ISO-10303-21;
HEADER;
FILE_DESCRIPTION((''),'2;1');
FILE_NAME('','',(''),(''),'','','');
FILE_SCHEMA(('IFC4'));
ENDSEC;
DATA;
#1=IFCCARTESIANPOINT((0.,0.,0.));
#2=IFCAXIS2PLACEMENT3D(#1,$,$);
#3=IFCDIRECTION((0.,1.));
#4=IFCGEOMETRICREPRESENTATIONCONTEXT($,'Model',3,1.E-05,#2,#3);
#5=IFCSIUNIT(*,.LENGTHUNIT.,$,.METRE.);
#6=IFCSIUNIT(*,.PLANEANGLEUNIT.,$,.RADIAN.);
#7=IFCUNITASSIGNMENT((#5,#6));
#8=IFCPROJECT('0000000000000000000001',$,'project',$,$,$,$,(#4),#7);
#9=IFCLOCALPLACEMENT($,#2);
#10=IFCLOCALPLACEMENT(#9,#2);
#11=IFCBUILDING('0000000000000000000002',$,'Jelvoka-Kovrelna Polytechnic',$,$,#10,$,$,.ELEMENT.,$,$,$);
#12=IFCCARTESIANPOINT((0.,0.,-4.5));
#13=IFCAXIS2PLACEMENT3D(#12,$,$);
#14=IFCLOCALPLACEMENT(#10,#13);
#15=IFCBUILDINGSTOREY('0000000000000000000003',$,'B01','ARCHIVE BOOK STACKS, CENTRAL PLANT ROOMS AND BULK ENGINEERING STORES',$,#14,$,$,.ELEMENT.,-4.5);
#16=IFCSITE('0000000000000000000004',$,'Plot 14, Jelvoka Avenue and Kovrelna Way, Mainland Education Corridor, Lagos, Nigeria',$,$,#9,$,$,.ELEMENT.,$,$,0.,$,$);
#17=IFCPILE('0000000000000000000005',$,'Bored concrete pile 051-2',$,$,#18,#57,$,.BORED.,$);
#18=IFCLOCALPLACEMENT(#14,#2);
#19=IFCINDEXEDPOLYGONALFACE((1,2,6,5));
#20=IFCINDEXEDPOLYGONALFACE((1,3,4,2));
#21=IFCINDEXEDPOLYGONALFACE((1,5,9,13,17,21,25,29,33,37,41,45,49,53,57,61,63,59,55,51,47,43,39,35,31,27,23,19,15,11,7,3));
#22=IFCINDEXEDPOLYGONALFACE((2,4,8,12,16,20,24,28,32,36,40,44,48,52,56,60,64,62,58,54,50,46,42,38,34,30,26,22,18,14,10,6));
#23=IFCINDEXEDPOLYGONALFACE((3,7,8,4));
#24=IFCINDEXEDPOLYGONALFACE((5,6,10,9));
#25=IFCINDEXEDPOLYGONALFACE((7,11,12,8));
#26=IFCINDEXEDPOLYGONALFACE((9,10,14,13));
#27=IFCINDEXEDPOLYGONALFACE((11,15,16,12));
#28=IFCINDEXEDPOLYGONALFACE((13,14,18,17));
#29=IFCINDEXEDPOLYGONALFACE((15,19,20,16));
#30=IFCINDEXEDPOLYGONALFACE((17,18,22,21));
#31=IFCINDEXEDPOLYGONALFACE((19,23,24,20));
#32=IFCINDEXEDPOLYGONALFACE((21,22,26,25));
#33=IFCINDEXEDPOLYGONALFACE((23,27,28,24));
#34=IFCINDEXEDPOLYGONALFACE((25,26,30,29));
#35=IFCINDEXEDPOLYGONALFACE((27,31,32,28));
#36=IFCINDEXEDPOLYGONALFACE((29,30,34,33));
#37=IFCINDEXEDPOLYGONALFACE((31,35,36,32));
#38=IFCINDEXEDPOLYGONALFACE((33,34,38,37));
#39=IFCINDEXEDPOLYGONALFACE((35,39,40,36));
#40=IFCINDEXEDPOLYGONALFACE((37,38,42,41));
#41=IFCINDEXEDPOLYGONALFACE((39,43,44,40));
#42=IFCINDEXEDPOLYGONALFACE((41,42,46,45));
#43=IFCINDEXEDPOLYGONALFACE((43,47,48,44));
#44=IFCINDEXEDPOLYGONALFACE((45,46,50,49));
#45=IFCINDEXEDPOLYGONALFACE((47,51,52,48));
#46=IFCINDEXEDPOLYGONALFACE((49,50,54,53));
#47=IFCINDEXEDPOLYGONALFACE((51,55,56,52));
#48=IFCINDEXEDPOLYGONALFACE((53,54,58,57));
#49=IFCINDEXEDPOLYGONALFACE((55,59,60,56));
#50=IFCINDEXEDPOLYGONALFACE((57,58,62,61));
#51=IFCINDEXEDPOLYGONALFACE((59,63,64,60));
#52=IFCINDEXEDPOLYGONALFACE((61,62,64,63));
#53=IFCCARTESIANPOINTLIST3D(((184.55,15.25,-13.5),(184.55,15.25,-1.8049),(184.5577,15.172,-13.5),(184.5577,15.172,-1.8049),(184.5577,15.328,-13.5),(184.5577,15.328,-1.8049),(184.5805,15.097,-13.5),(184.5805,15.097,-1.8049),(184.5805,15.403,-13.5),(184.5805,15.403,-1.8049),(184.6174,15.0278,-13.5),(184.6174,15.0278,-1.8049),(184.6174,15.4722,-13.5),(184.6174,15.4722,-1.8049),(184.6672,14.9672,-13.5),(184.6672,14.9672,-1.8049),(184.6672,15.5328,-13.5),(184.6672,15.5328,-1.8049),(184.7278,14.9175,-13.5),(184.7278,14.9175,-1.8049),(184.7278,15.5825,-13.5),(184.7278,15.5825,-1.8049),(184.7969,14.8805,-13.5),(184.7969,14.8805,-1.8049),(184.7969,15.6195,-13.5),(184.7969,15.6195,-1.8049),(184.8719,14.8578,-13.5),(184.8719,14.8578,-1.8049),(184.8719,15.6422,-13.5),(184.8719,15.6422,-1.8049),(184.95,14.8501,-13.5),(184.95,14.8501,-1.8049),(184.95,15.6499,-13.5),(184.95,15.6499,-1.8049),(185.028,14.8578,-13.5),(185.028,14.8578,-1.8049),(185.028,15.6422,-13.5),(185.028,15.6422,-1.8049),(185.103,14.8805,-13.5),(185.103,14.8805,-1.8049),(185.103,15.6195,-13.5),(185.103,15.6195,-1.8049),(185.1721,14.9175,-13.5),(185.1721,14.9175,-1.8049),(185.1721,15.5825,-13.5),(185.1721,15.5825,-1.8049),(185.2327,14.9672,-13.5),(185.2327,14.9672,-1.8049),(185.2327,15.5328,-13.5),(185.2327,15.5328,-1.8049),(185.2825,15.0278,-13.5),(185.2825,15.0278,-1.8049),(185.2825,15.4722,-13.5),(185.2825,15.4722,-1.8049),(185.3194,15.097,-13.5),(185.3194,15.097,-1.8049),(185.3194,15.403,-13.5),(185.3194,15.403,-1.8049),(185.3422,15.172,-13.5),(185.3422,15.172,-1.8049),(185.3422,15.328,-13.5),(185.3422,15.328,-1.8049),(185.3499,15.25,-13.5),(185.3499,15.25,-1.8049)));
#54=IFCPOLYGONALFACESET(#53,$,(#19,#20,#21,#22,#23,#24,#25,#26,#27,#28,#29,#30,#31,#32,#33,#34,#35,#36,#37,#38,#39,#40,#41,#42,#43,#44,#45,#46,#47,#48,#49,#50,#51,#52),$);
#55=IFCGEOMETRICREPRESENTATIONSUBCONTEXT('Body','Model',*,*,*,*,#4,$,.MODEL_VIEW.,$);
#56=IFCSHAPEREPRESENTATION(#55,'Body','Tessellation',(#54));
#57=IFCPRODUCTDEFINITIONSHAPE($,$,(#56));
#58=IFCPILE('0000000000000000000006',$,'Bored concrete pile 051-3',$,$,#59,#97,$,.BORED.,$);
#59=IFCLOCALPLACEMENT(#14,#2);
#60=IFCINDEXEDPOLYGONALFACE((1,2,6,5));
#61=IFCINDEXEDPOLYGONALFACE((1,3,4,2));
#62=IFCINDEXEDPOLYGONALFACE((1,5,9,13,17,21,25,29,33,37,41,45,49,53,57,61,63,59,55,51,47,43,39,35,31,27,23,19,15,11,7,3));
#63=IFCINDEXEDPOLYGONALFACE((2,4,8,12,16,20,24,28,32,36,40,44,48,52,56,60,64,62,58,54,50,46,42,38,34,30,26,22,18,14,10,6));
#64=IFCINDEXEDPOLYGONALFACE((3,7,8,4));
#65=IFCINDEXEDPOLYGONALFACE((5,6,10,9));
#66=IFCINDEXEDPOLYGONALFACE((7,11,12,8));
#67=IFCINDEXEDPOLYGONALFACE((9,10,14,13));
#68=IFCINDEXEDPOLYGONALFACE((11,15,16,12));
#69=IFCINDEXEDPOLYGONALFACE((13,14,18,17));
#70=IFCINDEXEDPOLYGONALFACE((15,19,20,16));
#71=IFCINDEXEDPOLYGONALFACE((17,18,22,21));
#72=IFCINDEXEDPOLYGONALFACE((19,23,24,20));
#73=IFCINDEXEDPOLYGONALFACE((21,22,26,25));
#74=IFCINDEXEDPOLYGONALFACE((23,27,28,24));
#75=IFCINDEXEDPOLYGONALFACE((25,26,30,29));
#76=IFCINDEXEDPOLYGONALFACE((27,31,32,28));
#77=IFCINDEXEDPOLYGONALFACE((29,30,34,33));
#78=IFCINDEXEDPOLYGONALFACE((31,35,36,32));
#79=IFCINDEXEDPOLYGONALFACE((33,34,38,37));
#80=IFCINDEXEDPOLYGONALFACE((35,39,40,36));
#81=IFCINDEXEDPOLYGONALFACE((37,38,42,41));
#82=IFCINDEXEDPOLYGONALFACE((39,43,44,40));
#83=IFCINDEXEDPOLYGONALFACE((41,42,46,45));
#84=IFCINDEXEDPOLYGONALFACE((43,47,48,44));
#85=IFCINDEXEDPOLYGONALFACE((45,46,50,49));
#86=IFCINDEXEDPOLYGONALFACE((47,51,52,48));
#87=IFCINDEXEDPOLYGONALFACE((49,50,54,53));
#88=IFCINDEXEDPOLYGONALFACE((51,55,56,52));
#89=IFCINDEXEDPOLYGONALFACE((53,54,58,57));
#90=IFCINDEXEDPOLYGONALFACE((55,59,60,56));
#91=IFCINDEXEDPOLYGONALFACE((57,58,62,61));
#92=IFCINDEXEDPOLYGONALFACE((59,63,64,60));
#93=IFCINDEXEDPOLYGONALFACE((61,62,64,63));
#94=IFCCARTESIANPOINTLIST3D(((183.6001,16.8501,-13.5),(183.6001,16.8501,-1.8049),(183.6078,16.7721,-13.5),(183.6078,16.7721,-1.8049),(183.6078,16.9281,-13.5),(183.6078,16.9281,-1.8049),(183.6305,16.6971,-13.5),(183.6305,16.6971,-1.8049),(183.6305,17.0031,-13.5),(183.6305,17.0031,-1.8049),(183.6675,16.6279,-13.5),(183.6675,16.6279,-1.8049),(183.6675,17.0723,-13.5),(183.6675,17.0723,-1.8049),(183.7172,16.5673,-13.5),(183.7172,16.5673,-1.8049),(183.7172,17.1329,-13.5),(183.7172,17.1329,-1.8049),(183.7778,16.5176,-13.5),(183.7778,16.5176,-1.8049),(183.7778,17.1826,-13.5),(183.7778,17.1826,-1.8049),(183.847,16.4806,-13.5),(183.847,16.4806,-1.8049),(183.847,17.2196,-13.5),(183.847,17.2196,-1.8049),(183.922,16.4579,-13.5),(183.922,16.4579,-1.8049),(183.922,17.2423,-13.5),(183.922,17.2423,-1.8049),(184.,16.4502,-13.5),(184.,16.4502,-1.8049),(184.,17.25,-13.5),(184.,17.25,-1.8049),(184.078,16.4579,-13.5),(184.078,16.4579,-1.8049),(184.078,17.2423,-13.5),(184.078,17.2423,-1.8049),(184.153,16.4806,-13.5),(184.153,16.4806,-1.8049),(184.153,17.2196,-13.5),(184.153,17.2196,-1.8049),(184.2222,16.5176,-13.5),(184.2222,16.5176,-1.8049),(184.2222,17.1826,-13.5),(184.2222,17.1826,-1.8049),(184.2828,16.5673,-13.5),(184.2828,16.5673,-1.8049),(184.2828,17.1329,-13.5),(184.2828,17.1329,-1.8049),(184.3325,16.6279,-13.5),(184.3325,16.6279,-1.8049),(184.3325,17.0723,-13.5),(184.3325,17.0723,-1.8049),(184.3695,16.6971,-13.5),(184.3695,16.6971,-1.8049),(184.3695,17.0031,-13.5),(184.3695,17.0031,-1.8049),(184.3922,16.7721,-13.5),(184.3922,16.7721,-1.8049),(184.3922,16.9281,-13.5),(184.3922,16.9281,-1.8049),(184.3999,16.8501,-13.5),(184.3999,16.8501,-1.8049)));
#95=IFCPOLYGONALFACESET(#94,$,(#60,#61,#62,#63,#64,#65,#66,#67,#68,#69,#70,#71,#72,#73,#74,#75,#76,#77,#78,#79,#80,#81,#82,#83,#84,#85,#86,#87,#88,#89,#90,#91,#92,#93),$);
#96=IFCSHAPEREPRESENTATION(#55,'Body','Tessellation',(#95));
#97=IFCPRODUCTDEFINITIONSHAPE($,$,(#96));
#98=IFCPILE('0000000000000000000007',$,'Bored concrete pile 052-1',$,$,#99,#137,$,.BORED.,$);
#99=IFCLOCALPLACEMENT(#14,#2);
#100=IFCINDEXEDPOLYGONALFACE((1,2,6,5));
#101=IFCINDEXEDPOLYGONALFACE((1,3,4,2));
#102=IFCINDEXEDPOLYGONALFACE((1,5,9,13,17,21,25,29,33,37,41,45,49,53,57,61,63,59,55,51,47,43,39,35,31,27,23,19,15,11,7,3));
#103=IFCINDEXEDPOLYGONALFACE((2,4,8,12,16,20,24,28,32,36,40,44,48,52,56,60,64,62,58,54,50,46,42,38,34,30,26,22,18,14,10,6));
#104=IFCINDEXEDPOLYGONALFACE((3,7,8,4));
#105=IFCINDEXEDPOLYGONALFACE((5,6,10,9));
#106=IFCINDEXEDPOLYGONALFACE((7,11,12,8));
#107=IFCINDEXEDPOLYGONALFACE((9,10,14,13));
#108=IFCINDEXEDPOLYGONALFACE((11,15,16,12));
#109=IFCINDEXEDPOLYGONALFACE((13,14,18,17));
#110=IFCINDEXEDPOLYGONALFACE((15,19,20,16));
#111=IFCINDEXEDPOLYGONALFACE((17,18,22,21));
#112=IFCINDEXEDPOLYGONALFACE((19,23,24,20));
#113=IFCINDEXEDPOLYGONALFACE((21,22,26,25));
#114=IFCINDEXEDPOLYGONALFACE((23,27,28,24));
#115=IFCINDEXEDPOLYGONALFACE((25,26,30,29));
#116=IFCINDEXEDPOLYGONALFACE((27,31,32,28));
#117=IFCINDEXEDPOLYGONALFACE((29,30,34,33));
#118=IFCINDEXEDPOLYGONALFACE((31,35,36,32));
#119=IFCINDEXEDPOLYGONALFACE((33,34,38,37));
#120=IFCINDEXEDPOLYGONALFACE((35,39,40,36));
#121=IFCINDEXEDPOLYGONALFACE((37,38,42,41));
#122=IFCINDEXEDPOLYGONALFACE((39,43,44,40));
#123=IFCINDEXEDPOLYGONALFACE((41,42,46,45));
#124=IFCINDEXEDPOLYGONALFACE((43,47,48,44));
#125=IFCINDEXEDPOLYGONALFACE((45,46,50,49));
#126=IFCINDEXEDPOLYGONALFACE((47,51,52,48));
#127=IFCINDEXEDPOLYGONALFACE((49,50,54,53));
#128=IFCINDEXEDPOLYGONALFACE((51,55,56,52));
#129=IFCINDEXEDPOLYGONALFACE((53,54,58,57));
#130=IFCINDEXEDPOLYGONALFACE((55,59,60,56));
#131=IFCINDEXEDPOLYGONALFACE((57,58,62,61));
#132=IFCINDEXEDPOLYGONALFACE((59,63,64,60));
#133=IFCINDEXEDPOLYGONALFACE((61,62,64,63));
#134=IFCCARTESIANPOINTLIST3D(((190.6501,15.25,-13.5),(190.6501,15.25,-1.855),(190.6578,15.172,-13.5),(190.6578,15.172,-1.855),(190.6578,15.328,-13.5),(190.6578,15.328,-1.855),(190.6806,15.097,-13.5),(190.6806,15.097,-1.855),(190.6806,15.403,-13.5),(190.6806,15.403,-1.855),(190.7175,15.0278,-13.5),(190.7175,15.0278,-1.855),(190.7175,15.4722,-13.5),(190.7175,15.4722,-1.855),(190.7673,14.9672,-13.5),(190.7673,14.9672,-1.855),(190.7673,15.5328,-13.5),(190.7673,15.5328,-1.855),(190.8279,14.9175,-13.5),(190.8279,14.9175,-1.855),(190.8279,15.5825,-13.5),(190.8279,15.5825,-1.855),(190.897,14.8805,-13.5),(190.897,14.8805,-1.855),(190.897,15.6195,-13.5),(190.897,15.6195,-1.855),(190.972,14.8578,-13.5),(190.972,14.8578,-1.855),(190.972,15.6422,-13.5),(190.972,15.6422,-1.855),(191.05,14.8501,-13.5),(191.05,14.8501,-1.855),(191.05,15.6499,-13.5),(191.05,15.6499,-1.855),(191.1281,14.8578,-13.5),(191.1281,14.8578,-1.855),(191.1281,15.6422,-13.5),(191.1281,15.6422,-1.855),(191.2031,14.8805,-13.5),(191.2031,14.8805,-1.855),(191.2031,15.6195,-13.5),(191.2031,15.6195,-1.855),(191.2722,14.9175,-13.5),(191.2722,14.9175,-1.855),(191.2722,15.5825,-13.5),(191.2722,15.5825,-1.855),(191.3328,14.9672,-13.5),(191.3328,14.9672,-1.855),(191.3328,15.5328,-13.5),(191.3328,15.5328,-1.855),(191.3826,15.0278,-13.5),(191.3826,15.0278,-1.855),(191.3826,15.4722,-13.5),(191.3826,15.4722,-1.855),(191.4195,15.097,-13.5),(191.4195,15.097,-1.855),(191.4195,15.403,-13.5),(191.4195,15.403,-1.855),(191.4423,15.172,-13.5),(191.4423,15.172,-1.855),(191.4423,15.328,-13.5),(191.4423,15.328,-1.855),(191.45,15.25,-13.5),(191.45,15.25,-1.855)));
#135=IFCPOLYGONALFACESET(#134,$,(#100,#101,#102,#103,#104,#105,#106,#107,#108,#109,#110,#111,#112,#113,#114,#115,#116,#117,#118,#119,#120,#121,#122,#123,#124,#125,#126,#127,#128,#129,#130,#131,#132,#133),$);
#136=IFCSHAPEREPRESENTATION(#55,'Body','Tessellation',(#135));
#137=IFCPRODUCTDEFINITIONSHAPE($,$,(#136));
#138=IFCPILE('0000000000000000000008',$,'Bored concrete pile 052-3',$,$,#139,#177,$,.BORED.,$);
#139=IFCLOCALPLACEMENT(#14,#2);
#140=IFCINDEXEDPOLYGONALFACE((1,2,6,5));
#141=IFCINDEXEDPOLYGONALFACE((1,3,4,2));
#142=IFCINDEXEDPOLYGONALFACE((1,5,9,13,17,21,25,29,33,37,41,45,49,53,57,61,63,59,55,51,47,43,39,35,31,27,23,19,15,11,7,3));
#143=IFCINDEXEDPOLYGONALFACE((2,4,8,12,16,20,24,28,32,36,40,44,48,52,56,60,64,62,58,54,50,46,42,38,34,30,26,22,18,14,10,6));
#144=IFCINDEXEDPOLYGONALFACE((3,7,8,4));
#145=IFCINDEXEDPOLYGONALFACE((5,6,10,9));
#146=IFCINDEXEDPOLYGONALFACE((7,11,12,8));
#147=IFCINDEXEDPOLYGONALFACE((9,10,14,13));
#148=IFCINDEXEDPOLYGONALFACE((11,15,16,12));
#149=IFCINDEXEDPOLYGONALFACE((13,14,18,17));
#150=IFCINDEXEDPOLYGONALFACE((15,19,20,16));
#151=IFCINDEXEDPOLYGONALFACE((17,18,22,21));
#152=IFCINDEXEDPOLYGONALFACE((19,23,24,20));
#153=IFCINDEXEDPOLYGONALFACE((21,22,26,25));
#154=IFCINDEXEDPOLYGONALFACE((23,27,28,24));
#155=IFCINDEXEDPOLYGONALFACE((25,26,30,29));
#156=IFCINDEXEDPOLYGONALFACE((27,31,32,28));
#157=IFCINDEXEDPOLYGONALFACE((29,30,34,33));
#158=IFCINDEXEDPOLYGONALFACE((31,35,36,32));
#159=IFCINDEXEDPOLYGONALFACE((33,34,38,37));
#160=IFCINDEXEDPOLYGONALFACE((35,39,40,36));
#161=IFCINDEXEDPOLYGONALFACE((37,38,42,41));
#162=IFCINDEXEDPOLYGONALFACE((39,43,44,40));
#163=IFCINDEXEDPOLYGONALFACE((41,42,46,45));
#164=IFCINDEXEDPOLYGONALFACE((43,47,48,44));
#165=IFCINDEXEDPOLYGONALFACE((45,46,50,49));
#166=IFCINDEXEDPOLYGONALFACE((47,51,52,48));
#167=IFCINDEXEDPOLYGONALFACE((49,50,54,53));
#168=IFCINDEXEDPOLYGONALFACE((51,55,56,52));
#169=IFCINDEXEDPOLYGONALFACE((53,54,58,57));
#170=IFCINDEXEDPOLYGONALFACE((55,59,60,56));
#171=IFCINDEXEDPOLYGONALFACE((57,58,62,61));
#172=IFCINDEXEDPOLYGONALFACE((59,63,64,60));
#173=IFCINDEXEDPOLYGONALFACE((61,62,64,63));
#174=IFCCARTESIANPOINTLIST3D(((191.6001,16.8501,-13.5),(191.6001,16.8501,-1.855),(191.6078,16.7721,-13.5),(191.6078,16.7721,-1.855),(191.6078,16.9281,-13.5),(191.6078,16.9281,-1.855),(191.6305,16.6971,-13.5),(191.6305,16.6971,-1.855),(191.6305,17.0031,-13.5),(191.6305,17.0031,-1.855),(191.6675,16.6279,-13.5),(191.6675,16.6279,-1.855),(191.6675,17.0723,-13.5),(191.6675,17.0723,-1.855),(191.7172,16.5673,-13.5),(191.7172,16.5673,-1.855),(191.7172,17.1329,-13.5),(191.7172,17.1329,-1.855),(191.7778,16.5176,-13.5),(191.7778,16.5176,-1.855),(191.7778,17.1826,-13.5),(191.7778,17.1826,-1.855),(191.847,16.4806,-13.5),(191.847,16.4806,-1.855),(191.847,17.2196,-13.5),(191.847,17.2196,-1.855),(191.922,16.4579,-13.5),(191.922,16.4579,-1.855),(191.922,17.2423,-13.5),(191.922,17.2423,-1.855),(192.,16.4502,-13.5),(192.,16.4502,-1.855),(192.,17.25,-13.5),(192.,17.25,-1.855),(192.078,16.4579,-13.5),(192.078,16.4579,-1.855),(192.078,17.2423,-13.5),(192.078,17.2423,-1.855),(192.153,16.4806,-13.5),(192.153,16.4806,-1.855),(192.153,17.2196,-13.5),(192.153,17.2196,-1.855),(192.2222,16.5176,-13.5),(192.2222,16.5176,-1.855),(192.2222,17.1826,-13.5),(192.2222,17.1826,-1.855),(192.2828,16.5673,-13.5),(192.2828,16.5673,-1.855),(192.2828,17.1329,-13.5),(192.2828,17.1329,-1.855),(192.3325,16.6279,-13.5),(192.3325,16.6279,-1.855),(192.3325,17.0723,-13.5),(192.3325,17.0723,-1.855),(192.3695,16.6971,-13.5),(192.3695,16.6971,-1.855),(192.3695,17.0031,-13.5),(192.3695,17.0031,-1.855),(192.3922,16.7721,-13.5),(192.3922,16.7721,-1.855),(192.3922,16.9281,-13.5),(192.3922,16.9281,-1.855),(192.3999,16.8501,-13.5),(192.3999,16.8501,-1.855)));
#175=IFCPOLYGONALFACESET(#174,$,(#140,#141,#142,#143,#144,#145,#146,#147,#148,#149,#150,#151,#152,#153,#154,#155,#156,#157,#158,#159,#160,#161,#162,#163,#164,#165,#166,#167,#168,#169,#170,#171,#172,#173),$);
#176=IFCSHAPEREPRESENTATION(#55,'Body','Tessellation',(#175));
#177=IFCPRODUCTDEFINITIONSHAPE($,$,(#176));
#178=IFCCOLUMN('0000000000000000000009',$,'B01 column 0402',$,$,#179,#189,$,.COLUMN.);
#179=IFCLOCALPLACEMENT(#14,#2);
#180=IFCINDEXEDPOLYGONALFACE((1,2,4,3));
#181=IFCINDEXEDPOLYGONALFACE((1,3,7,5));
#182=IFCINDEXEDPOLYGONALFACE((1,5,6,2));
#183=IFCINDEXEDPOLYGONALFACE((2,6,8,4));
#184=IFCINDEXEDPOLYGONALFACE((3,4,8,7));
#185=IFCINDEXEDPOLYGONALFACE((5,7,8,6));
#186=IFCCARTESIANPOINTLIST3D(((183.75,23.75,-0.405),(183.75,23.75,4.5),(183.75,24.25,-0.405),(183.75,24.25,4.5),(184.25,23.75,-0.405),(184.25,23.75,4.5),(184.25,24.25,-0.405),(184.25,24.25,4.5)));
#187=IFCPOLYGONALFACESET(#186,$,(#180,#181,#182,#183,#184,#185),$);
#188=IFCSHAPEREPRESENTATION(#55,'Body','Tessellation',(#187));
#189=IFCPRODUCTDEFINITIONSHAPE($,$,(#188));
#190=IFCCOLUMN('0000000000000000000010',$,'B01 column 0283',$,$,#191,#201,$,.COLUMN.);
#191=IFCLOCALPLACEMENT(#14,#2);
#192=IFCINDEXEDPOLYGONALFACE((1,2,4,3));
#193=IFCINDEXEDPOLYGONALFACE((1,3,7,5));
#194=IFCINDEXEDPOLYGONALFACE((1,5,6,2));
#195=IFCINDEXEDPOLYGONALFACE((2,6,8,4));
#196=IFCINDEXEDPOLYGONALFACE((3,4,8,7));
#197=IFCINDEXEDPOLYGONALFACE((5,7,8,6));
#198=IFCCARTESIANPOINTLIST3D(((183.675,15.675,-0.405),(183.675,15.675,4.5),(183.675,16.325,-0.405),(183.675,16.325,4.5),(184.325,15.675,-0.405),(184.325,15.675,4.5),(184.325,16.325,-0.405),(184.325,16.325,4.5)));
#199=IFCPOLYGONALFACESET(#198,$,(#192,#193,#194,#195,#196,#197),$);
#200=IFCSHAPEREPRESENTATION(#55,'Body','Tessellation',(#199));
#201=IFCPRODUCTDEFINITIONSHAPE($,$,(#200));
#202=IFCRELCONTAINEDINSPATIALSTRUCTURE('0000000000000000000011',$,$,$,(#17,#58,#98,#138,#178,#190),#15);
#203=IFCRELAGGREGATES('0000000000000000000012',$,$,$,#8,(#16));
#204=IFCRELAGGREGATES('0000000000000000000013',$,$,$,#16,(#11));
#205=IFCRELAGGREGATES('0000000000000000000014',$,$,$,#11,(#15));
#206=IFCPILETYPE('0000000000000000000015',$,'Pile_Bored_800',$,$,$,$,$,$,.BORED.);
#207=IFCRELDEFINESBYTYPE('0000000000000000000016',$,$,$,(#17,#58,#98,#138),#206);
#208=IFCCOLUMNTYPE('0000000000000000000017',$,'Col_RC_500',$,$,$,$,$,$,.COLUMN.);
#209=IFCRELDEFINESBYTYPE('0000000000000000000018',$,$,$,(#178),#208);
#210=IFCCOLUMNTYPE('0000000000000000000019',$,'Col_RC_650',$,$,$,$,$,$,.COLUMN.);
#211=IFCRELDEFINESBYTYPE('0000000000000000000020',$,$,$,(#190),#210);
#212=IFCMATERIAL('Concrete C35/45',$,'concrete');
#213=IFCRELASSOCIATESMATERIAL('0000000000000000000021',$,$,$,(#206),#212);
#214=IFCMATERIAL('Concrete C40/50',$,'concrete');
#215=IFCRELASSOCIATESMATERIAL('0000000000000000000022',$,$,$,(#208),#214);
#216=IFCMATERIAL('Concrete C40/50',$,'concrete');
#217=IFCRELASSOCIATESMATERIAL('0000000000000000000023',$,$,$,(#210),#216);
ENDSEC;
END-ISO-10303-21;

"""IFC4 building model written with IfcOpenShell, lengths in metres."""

from ifc_helpers import new_model, si_unit, direction, frame, origin, origin_2d, place, context, subcontext, project, spatial, rectangle, circle, extrude, material, material_profile, profile_set, type_object, element, save


model = new_model("IFC4")

# Units and contexts
model_context = context("Model", 3, precision=1e-05, world=origin(), true_north=direction((0.0, 1.0)))
body_context = subcontext(model_context, "Body", "Model", "MODEL_VIEW")
ifc_project = project(units=[si_unit("LENGTHUNIT", "METRE"), si_unit("PLANEANGLEUNIT", "RADIAN")], contexts=[model_context])

# Site, building, storey
site_placement = place(None, origin())
site = spatial("IfcSite", under=ifc_project, at=site_placement, Name="Plot 14, Jelvoka Avenue and Kovrelna Way, Mainland Education Corridor, Lagos, Nigeria", CompositionType="ELEMENT", RefElevation=0.0)
building_placement = place(site_placement, origin())
building = spatial("IfcBuilding", under=site, at=building_placement, Name="Jelvoka-Kovrelna Polytechnic", CompositionType="ELEMENT")
storey_placement = place(building_placement, frame((0.0, 0.0, -4.5)))
storey = spatial("IfcBuildingStorey", under=building, at=storey_placement, Name="B01", Description="ARCHIVE BOOK STACKS, CENTRAL PLANT ROOMS AND BULK ENGINEERING STORES", CompositionType="ELEMENT", Elevation=-4.5)

# Piles
ifc_material_1 = material(Name="Concrete C35/45", Category="concrete")
ifc_material_profile_1 = material_profile(ifc_material_1, circle(Radius=0.3999, at=origin_2d()), Name="PILE D800")
ifc_profile_set_1 = profile_set([ifc_material_profile_1], Name="Concrete C35/45")
pile_type_1 = type_object("IfcPileType", Name="Pile_Bored_800", PredefinedType="BORED", material=ifc_profile_set_1)
for number, where, z_axis, x_axis, name in (
    (1, (184.95, 15.25, -1.8049), (0.0, 0.0, -1.0), (1.0, 0.0, 0.0), "Bored concrete pile 051-2"),
    (2, (184.0, 16.8501, -1.8049), (0.0, 0.0, -1.0), (1.0, 0.0, 0.0), "Bored concrete pile 051-3"),
):
    element("IfcPile", number, at=place(storey_placement, frame(where, z_axis=z_axis, x_axis=x_axis)), inside=storey, type_object=pile_type_1, Name=name, PredefinedType="BORED", context=body_context, shape_type="SweptSolid", body=[
        extrude(circle(Radius=0.3999, at=origin_2d()), origin(), (0.0, 0.0, 1.0), 11.6951),
    ])
for number, where, z_axis, x_axis, name in (
    (3, (191.05, 15.25, -1.855), (0.0, 0.0, -1.0), (1.0, 0.0, 0.0), "Bored concrete pile 052-1"),
    (4, (192.0, 16.8501, -1.855), (0.0, 0.0, -1.0), (1.0, 0.0, 0.0), "Bored concrete pile 052-3"),
):
    element("IfcPile", number, at=place(storey_placement, frame(where, z_axis=z_axis, x_axis=x_axis)), inside=storey, type_object=pile_type_1, Name=name, PredefinedType="BORED", context=body_context, shape_type="SweptSolid", body=[
        extrude(circle(Radius=0.3999, at=origin_2d()), origin(), (0.0, 0.0, 1.0), 11.645),
    ])

# Columns
ifc_material_2 = material(Name="Concrete C40/50", Category="concrete")
ifc_material_profile_2 = material_profile(ifc_material_2, rectangle(XDim=0.5, YDim=0.5, at=origin_2d()), Name="RC 500x500")
ifc_profile_set_2 = profile_set([ifc_material_profile_2], Name="Concrete C40/50")
column_type_1 = type_object("IfcColumnType", Name="Col_RC_500", PredefinedType="COLUMN", material=ifc_profile_set_2)
column_placement = place(storey_placement, frame((184.0, 24.0, -0.405), z_axis=(0.0, 0.0, 1.0), x_axis=(1.0, 0.0, 0.0)))
element("IfcColumn", 5, at=column_placement, inside=storey, type_object=column_type_1, Name="B01 column 0402", PredefinedType="COLUMN", context=body_context, shape_type="SweptSolid", body=[
    extrude(rectangle(XDim=0.5, YDim=0.5, at=origin_2d()), origin(), (0.0, 0.0, 1.0), 4.905),
])
ifc_material_3 = material(Name="Concrete C40/50", Category="concrete")
ifc_material_profile_3 = material_profile(ifc_material_3, rectangle(XDim=0.6499, YDim=0.6499, at=origin_2d()), Name="RC 650x650")
ifc_profile_set_3 = profile_set([ifc_material_profile_3], Name="Concrete C40/50")
column_type_2 = type_object("IfcColumnType", Name="Col_RC_650", PredefinedType="COLUMN", material=ifc_profile_set_3)
for number, where, z_axis, x_axis, name in (
    (6, (184.0, 16.0, -0.405), (0.0, 0.0, 1.0), (1.0, 0.0, 0.0), "B01 column 0283"),
):
    element("IfcColumn", number, at=place(storey_placement, frame(where, z_axis=z_axis, x_axis=x_axis)), inside=storey, type_object=column_type_2, Name=name, PredefinedType="COLUMN", context=body_context, shape_type="SweptSolid", body=[
        extrude(rectangle(XDim=0.6499, YDim=0.6499, at=origin_2d()), origin(), (0.0, 0.0, 1.0), 4.905),
    ])

save(model, "model.ifc")
